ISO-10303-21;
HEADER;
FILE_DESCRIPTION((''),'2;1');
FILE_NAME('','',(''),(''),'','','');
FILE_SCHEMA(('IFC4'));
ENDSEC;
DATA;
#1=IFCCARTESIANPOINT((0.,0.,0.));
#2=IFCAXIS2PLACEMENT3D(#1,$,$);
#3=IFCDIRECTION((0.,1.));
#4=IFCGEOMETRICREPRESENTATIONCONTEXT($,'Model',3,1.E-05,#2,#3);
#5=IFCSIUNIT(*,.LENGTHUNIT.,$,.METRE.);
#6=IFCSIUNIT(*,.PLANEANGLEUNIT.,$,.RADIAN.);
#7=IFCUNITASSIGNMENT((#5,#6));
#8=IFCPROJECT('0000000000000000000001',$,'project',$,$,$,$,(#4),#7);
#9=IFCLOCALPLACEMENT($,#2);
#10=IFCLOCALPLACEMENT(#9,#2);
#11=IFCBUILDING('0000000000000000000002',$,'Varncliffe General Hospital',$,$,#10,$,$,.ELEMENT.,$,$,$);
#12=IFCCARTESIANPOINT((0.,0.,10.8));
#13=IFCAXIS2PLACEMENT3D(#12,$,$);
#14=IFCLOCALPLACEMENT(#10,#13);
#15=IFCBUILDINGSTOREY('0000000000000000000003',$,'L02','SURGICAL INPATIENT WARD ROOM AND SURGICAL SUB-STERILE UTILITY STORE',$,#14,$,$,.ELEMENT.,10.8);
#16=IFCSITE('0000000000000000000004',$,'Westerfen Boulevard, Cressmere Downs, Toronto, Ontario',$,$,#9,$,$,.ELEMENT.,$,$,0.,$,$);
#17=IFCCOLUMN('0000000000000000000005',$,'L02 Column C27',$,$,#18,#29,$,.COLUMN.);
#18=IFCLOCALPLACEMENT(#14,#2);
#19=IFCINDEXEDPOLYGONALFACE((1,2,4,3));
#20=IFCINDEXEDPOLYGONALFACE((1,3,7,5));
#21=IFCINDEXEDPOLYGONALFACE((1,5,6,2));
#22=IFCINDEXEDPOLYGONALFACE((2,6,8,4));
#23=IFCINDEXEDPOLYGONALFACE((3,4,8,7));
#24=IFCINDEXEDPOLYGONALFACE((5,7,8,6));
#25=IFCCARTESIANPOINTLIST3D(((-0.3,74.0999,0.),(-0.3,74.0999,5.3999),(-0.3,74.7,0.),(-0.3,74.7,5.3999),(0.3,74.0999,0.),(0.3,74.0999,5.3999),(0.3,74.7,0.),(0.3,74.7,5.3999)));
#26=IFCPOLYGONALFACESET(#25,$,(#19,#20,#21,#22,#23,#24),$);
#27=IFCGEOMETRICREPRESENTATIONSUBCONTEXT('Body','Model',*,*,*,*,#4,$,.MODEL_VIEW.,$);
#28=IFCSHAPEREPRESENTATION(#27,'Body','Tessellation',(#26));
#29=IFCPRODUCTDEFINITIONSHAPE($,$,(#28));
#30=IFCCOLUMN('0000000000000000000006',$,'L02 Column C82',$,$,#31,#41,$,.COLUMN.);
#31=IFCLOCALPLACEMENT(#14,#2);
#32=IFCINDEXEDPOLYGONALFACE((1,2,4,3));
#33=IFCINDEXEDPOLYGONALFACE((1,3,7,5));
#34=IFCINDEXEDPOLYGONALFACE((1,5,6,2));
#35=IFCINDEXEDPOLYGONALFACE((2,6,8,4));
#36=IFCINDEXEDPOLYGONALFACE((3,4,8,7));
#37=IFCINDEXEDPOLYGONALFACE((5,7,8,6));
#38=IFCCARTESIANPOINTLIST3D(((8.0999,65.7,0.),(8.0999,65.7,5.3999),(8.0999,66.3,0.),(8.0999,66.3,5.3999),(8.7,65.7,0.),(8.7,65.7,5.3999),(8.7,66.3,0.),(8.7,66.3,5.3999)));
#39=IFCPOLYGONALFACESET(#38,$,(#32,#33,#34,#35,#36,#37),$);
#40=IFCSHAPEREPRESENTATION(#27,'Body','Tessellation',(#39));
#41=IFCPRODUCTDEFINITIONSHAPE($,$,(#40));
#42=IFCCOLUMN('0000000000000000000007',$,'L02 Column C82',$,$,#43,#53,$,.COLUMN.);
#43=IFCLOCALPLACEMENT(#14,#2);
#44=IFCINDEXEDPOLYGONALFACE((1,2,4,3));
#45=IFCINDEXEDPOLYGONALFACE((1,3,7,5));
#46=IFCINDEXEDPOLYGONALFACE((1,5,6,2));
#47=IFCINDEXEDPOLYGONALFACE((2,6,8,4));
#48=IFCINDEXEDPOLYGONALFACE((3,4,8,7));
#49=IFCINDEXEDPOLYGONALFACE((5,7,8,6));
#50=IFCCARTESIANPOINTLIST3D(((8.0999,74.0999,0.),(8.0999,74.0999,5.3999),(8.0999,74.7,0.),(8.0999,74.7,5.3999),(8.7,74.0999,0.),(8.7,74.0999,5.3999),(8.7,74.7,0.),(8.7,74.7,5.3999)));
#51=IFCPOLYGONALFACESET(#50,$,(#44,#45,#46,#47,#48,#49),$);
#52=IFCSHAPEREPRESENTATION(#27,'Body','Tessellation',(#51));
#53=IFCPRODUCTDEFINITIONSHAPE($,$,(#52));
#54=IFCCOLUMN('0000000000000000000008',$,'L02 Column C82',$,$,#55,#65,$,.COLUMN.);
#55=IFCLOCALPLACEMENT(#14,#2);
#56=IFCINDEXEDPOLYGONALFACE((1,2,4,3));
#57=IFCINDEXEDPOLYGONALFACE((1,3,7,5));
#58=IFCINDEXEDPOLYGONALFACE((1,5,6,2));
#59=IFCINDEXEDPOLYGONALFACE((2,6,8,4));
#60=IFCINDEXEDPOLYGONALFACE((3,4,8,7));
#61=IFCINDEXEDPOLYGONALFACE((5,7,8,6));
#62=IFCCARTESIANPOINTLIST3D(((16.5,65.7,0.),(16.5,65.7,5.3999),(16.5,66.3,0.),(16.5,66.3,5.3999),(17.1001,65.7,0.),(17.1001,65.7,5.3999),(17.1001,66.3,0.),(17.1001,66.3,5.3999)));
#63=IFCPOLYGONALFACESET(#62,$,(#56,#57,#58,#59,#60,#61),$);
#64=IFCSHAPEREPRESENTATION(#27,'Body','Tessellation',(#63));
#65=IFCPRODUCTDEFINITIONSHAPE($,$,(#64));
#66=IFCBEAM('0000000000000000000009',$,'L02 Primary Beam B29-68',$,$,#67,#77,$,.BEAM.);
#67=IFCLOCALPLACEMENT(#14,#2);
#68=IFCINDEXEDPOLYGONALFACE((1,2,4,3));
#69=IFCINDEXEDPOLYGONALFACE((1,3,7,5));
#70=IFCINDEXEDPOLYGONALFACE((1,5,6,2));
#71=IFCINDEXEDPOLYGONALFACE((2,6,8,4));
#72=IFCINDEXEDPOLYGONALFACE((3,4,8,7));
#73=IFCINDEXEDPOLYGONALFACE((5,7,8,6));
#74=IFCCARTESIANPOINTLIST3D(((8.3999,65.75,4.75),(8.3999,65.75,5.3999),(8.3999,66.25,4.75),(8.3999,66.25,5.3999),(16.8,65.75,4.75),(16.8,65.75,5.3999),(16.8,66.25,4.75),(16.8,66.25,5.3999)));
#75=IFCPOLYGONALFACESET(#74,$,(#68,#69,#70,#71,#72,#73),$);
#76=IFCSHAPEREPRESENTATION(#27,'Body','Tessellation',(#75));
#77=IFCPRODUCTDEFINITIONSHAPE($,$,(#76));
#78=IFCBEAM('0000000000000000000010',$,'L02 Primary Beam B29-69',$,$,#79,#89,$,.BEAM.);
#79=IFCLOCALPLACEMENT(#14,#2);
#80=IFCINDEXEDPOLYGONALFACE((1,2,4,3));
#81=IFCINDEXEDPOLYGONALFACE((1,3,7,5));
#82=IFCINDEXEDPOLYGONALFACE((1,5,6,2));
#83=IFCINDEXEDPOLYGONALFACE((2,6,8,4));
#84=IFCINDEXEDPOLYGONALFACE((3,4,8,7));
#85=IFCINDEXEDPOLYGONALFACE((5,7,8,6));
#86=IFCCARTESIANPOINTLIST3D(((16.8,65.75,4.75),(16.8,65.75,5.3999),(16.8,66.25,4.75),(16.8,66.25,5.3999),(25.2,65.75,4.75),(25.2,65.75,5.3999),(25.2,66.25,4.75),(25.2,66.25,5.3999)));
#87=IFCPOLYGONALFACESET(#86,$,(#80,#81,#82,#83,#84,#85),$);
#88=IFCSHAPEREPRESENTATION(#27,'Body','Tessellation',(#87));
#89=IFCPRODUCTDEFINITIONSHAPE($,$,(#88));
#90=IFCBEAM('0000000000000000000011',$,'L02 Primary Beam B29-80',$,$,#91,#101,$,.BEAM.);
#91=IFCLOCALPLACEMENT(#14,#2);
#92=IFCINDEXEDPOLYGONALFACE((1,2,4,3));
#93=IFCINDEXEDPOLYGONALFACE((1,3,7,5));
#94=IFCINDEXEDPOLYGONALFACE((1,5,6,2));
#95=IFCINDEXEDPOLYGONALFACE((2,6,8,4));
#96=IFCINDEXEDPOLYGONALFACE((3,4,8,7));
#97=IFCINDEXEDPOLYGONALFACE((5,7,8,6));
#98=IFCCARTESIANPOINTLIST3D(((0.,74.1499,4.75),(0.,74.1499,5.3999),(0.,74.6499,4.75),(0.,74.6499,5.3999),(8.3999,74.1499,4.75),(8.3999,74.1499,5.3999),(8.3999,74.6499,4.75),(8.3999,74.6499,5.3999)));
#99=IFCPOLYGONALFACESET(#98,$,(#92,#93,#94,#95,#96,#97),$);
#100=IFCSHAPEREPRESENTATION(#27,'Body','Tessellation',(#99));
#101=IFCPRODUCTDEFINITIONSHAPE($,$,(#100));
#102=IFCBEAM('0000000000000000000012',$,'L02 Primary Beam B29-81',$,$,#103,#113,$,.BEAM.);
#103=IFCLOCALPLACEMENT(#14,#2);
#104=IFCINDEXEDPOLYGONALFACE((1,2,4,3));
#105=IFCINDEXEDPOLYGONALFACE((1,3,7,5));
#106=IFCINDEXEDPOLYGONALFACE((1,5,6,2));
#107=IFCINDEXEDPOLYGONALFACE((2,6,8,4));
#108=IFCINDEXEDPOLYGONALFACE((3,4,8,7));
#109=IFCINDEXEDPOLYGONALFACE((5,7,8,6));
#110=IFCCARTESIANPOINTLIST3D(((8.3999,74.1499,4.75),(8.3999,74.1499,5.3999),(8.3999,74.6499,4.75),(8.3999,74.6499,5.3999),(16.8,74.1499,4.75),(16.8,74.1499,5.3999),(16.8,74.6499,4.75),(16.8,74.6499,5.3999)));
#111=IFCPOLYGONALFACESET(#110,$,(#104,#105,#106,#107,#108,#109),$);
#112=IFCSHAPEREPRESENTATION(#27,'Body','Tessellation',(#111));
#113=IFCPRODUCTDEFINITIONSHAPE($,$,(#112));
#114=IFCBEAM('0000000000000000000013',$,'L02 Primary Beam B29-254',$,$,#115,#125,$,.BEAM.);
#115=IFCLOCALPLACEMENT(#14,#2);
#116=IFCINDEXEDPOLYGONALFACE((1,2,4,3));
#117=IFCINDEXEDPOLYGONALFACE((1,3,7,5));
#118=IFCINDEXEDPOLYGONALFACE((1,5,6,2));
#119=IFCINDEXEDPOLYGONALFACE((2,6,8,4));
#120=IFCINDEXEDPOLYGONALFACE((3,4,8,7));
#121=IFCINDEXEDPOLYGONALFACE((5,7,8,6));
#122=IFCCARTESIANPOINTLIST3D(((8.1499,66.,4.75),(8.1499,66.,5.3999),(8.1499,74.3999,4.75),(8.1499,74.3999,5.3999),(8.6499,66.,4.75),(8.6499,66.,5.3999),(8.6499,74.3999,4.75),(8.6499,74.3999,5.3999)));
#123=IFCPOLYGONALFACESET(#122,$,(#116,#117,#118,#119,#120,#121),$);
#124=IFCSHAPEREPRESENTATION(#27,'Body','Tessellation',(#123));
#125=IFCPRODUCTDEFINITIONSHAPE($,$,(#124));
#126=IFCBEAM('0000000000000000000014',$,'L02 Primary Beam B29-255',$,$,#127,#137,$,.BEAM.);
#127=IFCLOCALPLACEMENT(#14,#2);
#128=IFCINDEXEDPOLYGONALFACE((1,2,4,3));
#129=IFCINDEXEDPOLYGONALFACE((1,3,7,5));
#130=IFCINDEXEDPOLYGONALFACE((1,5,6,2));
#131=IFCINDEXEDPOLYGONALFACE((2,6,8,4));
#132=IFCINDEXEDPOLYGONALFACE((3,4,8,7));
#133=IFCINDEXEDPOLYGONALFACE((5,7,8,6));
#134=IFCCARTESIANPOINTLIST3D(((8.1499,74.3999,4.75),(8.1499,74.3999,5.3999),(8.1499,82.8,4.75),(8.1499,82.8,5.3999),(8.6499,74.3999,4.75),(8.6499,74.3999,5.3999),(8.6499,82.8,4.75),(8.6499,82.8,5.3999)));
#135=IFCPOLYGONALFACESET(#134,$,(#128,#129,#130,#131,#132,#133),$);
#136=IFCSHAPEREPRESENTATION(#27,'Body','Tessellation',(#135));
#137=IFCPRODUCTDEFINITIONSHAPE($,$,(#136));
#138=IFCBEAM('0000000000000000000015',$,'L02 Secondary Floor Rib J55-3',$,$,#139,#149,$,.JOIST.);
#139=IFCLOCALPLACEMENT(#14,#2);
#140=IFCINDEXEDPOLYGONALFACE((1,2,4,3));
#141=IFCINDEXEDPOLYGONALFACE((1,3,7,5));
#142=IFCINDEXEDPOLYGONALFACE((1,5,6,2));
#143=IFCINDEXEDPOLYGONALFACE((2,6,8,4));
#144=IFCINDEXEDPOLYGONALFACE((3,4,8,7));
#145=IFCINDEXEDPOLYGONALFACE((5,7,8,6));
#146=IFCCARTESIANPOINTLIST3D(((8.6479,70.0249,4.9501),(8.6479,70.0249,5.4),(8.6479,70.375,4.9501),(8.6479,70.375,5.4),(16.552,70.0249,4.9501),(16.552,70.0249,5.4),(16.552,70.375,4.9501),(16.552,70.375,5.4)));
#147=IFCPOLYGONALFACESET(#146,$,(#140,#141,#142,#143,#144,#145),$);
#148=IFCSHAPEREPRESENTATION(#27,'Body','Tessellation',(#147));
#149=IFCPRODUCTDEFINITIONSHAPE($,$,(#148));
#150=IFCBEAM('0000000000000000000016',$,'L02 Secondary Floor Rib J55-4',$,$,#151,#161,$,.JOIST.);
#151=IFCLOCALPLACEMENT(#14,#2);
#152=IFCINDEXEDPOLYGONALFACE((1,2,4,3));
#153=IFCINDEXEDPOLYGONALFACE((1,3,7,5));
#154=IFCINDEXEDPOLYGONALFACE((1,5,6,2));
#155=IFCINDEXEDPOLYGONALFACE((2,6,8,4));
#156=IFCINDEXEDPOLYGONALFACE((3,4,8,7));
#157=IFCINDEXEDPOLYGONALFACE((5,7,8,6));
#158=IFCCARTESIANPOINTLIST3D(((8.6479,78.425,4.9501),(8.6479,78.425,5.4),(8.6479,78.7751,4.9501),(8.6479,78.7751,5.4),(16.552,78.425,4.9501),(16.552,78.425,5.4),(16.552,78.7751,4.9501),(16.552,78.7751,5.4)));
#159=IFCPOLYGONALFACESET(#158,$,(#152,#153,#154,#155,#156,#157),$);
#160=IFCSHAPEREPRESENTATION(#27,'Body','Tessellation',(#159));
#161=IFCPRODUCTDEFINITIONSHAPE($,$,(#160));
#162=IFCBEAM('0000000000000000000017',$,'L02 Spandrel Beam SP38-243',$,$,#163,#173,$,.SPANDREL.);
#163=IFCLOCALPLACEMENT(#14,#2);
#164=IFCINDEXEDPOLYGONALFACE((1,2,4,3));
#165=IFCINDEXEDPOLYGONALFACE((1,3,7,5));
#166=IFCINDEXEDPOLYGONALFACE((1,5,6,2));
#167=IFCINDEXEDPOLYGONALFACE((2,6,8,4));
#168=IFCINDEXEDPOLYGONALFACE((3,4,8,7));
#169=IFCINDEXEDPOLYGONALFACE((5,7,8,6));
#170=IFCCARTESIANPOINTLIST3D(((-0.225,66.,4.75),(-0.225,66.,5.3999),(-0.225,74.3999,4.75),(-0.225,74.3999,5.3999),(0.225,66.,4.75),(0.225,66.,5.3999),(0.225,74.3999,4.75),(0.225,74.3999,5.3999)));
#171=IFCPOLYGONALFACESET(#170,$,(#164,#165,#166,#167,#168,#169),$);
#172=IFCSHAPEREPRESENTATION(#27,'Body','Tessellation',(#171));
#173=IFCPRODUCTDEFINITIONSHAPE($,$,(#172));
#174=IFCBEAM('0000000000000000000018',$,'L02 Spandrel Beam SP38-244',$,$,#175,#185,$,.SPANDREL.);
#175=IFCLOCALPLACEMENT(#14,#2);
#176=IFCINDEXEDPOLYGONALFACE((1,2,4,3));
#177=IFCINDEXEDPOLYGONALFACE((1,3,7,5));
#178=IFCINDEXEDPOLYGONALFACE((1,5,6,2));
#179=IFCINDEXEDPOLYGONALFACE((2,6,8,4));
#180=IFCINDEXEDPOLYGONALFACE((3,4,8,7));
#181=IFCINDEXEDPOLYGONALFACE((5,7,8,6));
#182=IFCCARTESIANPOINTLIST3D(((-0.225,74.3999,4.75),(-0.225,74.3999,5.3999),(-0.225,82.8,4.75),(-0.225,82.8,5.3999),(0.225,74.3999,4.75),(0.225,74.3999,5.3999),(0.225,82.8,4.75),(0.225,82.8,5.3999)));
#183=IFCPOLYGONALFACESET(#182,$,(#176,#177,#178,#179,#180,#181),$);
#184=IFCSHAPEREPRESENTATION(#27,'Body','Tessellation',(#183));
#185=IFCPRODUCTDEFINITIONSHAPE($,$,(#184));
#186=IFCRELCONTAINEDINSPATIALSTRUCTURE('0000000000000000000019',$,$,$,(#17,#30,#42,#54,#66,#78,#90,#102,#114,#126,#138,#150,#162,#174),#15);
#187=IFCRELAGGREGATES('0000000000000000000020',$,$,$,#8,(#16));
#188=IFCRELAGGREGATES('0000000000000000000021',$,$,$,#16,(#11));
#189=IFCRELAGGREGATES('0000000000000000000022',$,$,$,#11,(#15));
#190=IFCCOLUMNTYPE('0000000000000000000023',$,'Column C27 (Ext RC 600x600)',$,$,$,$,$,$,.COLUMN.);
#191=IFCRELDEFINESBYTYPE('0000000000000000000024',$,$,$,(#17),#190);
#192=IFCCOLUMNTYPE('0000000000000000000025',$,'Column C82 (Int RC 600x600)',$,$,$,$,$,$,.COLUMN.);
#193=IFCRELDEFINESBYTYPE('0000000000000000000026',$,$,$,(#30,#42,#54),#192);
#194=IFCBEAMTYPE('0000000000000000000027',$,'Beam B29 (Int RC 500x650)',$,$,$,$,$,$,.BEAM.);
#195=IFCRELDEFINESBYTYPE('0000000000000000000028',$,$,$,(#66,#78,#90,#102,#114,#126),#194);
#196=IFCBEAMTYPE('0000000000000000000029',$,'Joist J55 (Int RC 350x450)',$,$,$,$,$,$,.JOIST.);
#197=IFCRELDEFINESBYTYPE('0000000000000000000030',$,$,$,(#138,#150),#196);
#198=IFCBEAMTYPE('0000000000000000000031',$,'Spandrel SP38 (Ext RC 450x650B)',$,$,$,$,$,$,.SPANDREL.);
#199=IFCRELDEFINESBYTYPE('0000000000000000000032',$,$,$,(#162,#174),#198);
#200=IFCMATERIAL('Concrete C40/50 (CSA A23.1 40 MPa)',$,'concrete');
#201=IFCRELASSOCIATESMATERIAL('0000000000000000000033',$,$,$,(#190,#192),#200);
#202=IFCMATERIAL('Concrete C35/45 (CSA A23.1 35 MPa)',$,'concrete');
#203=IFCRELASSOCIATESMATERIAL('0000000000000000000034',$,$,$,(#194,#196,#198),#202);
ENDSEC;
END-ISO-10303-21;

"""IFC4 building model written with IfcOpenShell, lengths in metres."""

from ifc_helpers import new_model, si_unit, direction, frame, origin, origin_2d, place, context, subcontext, project, spatial, rectangle, extrude, material, material_profile, profile_set, type_object, element, save


model = new_model("IFC4")

# Units and contexts
model_context = context("Model", 3, precision=1e-05, world=origin(), true_north=direction((0.0, 1.0)))
body_context = subcontext(model_context, "Body", "Model", "MODEL_VIEW")
ifc_project = project(units=[si_unit("LENGTHUNIT", "METRE"), si_unit("PLANEANGLEUNIT", "RADIAN")], contexts=[model_context])

# Site, building, storey
site_placement = place(None, origin())
site = spatial("IfcSite", under=ifc_project, at=site_placement, Name="Westerfen Boulevard, Cressmere Downs, Toronto, Ontario", CompositionType="ELEMENT", RefElevation=0.0)
building_placement = place(site_placement, origin())
building = spatial("IfcBuilding", under=site, at=building_placement, Name="Varncliffe General Hospital", CompositionType="ELEMENT")
storey_placement = place(building_placement, frame((0.0, 0.0, 10.8)))
storey = spatial("IfcBuildingStorey", under=building, at=storey_placement, Name="L02", Description="SURGICAL INPATIENT WARD ROOM AND SURGICAL SUB-STERILE UTILITY STORE", CompositionType="ELEMENT", Elevation=10.8)

# Columns
ifc_material_1 = material(Name="Concrete C40/50 (CSA A23.1 40 MPa)", Category="concrete")
ifc_material_profile_1 = material_profile(ifc_material_1, rectangle(XDim=0.6001, YDim=0.6001, at=origin_2d()), Name="RC 600x600")
ifc_profile_set_1 = profile_set([ifc_material_profile_1], Name="Concrete C40/50 (CSA A23.1 40 MPa)")
column_type_1 = type_object("IfcColumnType", Name="Column C27 (Ext RC 600x600)", PredefinedType="COLUMN", material=ifc_profile_set_1)
column_placement = place(storey_placement, frame((0.0, 74.3999, 0.0), z_axis=(0.0, 0.0, 1.0), x_axis=(1.0, 0.0, 0.0)))
element("IfcColumn", 1, at=column_placement, inside=storey, type_object=column_type_1, Name="L02 Column C27", PredefinedType="COLUMN", context=body_context, shape_type="SweptSolid", body=[
    extrude(rectangle(XDim=0.6001, YDim=0.6001, at=origin_2d()), origin(), (0.0, 0.0, 1.0), 5.3999),
])
ifc_material_profile_2 = material_profile(ifc_material_1, rectangle(XDim=0.6001, YDim=0.6001, at=origin_2d()), Name="RC 600x600")
ifc_profile_set_2 = profile_set([ifc_material_profile_2], Name="Concrete C40/50 (CSA A23.1 40 MPa)")
column_type_2 = type_object("IfcColumnType", Name="Column C82 (Int RC 600x600)", PredefinedType="COLUMN", material=ifc_profile_set_2)
for number, where, z_axis, x_axis, name in (
    (2, (8.3999, 66.0, 0.0), (0.0, 0.0, 1.0), (1.0, 0.0, 0.0), "L02 Column C82"),
    (3, (8.3999, 74.3999, 0.0), (0.0, 0.0, 1.0), (1.0, 0.0, 0.0), "L02 Column C82"),
    (4, (16.8, 66.0, 0.0), (0.0, 0.0, 1.0), (1.0, 0.0, 0.0), "L02 Column C82"),
):
    element("IfcColumn", number, at=place(storey_placement, frame(where, z_axis=z_axis, x_axis=x_axis)), inside=storey, type_object=column_type_2, Name=name, PredefinedType="COLUMN", context=body_context, shape_type="SweptSolid", body=[
        extrude(rectangle(XDim=0.6001, YDim=0.6001, at=origin_2d()), origin(), (0.0, 0.0, 1.0), 5.3999),
    ])

# Beams
ifc_material_2 = material(Name="Concrete C35/45 (CSA A23.1 35 MPa)", Category="concrete")
ifc_material_profile_3 = material_profile(ifc_material_2, rectangle(XDim=0.5, YDim=0.6499, at=origin_2d()), Name="RC 500x650")
ifc_profile_set_3 = profile_set([ifc_material_profile_3], Name="Concrete C35/45 (CSA A23.1 35 MPa)")
beam_type_1 = type_object("IfcBeamType", Name="Beam B29 (Int RC 500x650)", PredefinedType="BEAM", material=ifc_profile_set_3)
beam_1_placement = place(storey_placement, frame((8.3999, 66.0, 5.075), z_axis=(1.0, 0.0, 0.0), x_axis=(0.0, 1.0, 0.0)))
element("IfcBeam", 5, at=beam_1_placement, inside=storey, type_object=beam_type_1, Name="L02 Primary Beam B29-68", PredefinedType="BEAM", context=body_context, shape_type="SweptSolid", body=[
    extrude(rectangle(XDim=0.5, YDim=0.6499, at=origin_2d()), origin(), (0.0, 0.0, 1.0), 8.4001),
])
for number, where, z_axis, x_axis, name in (
    (6, (16.8, 66.0, 5.075), (1.0, 0.0, 0.0), (0.0, 1.0, 0.0), "L02 Primary Beam B29-69"),
    (7, (0.0, 74.3999, 5.075), (1.0, 0.0, 0.0), (0.0, 1.0, 0.0), "L02 Primary Beam B29-80"),
):
    element("IfcBeam", number, at=place(storey_placement, frame(where, z_axis=z_axis, x_axis=x_axis)), inside=storey, type_object=beam_type_1, Name=name, PredefinedType="BEAM", context=body_context, shape_type="SweptSolid", body=[
        extrude(rectangle(XDim=0.5, YDim=0.6499, at=origin_2d()), origin(), (0.0, 0.0, 1.0), 8.3999),
    ])
beam_2_placement = place(storey_placement, frame((8.3999, 74.3999, 5.075), z_axis=(1.0, 0.0, 0.0), x_axis=(0.0, 1.0, 0.0)))
element("IfcBeam", 8, at=beam_2_placement, inside=storey, type_object=beam_type_1, Name="L02 Primary Beam B29-81", PredefinedType="BEAM", context=body_context, shape_type="SweptSolid", body=[
    extrude(rectangle(XDim=0.5, YDim=0.6499, at=origin_2d()), origin(), (0.0, 0.0, 1.0), 8.4001),
])
beam_3_placement = place(storey_placement, frame((8.3999, 66.0, 5.075), z_axis=(0.0, 1.0, 0.0), x_axis=(-1.0, 0.0, 0.0)))
element("IfcBeam", 9, at=beam_3_placement, inside=storey, type_object=beam_type_1, Name="L02 Primary Beam B29-254", PredefinedType="BEAM", context=body_context, shape_type="SweptSolid", body=[
    extrude(rectangle(XDim=0.5, YDim=0.6499, at=origin_2d()), origin(), (0.0, 0.0, 1.0), 8.3999),
])
beam_4_placement = place(storey_placement, frame((8.3999, 74.3999, 5.075), z_axis=(0.0, 1.0, 0.0), x_axis=(-1.0, 0.0, 0.0)))
element("IfcBeam", 10, at=beam_4_placement, inside=storey, type_object=beam_type_1, Name="L02 Primary Beam B29-255", PredefinedType="BEAM", context=body_context, shape_type="SweptSolid", body=[
    extrude(rectangle(XDim=0.5, YDim=0.6499, at=origin_2d()), origin(), (0.0, 0.0, 1.0), 8.4001),
])
ifc_material_profile_4 = material_profile(ifc_material_2, rectangle(XDim=0.3501, YDim=0.45, at=origin_2d()), Name="RC 350x450")
ifc_profile_set_4 = profile_set([ifc_material_profile_4], Name="Concrete C35/45 (CSA A23.1 35 MPa)")
beam_type_2 = type_object("IfcBeamType", Name="Joist J55 (Int RC 350x450)", PredefinedType="JOIST", material=ifc_profile_set_4)
for number, where, z_axis, x_axis, name in (
    (11, (8.6479, 70.2, 5.175), (1.0, 0.0, 0.0), (0.0, 1.0, 0.0), "L02 Secondary Floor Rib J55-3"),
    (12, (8.6479, 78.6001, 5.175), (1.0, 0.0, 0.0), (0.0, 1.0, 0.0), "L02 Secondary Floor Rib J55-4"),
):
    element("IfcBeam", number, at=place(storey_placement, frame(where, z_axis=z_axis, x_axis=x_axis)), inside=storey, type_object=beam_type_2, Name=name, PredefinedType="JOIST", context=body_context, shape_type="SweptSolid", body=[
        extrude(rectangle(XDim=0.3501, YDim=0.45, at=origin_2d()), origin(), (0.0, 0.0, 1.0), 7.9041),
    ])
ifc_material_profile_5 = material_profile(ifc_material_2, rectangle(XDim=0.45, YDim=0.6499, at=origin_2d()), Name="RC 450x650")
ifc_profile_set_5 = profile_set([ifc_material_profile_5], Name="Concrete C35/45 (CSA A23.1 35 MPa)")
beam_type_3 = type_object("IfcBeamType", Name="Spandrel SP38 (Ext RC 450x650B)", PredefinedType="SPANDREL", material=ifc_profile_set_5)
beam_5_placement = place(storey_placement, frame((0.0, 66.0, 5.075), z_axis=(0.0, 1.0, 0.0), x_axis=(-1.0, 0.0, 0.0)))
element("IfcBeam", 13, at=beam_5_placement, inside=storey, type_object=beam_type_3, Name="L02 Spandrel Beam SP38-243", PredefinedType="SPANDREL", context=body_context, shape_type="SweptSolid", body=[
    extrude(rectangle(XDim=0.45, YDim=0.6499, at=origin_2d()), origin(), (0.0, 0.0, 1.0), 8.3999),
])
beam_6_placement = place(storey_placement, frame((0.0, 74.3999, 5.075), z_axis=(0.0, 1.0, 0.0), x_axis=(-1.0, 0.0, 0.0)))
element("IfcBeam", 14, at=beam_6_placement, inside=storey, type_object=beam_type_3, Name="L02 Spandrel Beam SP38-244", PredefinedType="SPANDREL", context=body_context, shape_type="SweptSolid", body=[
    extrude(rectangle(XDim=0.45, YDim=0.6499, at=origin_2d()), origin(), (0.0, 0.0, 1.0), 8.4001),
])

save(model, "model.ifc")
